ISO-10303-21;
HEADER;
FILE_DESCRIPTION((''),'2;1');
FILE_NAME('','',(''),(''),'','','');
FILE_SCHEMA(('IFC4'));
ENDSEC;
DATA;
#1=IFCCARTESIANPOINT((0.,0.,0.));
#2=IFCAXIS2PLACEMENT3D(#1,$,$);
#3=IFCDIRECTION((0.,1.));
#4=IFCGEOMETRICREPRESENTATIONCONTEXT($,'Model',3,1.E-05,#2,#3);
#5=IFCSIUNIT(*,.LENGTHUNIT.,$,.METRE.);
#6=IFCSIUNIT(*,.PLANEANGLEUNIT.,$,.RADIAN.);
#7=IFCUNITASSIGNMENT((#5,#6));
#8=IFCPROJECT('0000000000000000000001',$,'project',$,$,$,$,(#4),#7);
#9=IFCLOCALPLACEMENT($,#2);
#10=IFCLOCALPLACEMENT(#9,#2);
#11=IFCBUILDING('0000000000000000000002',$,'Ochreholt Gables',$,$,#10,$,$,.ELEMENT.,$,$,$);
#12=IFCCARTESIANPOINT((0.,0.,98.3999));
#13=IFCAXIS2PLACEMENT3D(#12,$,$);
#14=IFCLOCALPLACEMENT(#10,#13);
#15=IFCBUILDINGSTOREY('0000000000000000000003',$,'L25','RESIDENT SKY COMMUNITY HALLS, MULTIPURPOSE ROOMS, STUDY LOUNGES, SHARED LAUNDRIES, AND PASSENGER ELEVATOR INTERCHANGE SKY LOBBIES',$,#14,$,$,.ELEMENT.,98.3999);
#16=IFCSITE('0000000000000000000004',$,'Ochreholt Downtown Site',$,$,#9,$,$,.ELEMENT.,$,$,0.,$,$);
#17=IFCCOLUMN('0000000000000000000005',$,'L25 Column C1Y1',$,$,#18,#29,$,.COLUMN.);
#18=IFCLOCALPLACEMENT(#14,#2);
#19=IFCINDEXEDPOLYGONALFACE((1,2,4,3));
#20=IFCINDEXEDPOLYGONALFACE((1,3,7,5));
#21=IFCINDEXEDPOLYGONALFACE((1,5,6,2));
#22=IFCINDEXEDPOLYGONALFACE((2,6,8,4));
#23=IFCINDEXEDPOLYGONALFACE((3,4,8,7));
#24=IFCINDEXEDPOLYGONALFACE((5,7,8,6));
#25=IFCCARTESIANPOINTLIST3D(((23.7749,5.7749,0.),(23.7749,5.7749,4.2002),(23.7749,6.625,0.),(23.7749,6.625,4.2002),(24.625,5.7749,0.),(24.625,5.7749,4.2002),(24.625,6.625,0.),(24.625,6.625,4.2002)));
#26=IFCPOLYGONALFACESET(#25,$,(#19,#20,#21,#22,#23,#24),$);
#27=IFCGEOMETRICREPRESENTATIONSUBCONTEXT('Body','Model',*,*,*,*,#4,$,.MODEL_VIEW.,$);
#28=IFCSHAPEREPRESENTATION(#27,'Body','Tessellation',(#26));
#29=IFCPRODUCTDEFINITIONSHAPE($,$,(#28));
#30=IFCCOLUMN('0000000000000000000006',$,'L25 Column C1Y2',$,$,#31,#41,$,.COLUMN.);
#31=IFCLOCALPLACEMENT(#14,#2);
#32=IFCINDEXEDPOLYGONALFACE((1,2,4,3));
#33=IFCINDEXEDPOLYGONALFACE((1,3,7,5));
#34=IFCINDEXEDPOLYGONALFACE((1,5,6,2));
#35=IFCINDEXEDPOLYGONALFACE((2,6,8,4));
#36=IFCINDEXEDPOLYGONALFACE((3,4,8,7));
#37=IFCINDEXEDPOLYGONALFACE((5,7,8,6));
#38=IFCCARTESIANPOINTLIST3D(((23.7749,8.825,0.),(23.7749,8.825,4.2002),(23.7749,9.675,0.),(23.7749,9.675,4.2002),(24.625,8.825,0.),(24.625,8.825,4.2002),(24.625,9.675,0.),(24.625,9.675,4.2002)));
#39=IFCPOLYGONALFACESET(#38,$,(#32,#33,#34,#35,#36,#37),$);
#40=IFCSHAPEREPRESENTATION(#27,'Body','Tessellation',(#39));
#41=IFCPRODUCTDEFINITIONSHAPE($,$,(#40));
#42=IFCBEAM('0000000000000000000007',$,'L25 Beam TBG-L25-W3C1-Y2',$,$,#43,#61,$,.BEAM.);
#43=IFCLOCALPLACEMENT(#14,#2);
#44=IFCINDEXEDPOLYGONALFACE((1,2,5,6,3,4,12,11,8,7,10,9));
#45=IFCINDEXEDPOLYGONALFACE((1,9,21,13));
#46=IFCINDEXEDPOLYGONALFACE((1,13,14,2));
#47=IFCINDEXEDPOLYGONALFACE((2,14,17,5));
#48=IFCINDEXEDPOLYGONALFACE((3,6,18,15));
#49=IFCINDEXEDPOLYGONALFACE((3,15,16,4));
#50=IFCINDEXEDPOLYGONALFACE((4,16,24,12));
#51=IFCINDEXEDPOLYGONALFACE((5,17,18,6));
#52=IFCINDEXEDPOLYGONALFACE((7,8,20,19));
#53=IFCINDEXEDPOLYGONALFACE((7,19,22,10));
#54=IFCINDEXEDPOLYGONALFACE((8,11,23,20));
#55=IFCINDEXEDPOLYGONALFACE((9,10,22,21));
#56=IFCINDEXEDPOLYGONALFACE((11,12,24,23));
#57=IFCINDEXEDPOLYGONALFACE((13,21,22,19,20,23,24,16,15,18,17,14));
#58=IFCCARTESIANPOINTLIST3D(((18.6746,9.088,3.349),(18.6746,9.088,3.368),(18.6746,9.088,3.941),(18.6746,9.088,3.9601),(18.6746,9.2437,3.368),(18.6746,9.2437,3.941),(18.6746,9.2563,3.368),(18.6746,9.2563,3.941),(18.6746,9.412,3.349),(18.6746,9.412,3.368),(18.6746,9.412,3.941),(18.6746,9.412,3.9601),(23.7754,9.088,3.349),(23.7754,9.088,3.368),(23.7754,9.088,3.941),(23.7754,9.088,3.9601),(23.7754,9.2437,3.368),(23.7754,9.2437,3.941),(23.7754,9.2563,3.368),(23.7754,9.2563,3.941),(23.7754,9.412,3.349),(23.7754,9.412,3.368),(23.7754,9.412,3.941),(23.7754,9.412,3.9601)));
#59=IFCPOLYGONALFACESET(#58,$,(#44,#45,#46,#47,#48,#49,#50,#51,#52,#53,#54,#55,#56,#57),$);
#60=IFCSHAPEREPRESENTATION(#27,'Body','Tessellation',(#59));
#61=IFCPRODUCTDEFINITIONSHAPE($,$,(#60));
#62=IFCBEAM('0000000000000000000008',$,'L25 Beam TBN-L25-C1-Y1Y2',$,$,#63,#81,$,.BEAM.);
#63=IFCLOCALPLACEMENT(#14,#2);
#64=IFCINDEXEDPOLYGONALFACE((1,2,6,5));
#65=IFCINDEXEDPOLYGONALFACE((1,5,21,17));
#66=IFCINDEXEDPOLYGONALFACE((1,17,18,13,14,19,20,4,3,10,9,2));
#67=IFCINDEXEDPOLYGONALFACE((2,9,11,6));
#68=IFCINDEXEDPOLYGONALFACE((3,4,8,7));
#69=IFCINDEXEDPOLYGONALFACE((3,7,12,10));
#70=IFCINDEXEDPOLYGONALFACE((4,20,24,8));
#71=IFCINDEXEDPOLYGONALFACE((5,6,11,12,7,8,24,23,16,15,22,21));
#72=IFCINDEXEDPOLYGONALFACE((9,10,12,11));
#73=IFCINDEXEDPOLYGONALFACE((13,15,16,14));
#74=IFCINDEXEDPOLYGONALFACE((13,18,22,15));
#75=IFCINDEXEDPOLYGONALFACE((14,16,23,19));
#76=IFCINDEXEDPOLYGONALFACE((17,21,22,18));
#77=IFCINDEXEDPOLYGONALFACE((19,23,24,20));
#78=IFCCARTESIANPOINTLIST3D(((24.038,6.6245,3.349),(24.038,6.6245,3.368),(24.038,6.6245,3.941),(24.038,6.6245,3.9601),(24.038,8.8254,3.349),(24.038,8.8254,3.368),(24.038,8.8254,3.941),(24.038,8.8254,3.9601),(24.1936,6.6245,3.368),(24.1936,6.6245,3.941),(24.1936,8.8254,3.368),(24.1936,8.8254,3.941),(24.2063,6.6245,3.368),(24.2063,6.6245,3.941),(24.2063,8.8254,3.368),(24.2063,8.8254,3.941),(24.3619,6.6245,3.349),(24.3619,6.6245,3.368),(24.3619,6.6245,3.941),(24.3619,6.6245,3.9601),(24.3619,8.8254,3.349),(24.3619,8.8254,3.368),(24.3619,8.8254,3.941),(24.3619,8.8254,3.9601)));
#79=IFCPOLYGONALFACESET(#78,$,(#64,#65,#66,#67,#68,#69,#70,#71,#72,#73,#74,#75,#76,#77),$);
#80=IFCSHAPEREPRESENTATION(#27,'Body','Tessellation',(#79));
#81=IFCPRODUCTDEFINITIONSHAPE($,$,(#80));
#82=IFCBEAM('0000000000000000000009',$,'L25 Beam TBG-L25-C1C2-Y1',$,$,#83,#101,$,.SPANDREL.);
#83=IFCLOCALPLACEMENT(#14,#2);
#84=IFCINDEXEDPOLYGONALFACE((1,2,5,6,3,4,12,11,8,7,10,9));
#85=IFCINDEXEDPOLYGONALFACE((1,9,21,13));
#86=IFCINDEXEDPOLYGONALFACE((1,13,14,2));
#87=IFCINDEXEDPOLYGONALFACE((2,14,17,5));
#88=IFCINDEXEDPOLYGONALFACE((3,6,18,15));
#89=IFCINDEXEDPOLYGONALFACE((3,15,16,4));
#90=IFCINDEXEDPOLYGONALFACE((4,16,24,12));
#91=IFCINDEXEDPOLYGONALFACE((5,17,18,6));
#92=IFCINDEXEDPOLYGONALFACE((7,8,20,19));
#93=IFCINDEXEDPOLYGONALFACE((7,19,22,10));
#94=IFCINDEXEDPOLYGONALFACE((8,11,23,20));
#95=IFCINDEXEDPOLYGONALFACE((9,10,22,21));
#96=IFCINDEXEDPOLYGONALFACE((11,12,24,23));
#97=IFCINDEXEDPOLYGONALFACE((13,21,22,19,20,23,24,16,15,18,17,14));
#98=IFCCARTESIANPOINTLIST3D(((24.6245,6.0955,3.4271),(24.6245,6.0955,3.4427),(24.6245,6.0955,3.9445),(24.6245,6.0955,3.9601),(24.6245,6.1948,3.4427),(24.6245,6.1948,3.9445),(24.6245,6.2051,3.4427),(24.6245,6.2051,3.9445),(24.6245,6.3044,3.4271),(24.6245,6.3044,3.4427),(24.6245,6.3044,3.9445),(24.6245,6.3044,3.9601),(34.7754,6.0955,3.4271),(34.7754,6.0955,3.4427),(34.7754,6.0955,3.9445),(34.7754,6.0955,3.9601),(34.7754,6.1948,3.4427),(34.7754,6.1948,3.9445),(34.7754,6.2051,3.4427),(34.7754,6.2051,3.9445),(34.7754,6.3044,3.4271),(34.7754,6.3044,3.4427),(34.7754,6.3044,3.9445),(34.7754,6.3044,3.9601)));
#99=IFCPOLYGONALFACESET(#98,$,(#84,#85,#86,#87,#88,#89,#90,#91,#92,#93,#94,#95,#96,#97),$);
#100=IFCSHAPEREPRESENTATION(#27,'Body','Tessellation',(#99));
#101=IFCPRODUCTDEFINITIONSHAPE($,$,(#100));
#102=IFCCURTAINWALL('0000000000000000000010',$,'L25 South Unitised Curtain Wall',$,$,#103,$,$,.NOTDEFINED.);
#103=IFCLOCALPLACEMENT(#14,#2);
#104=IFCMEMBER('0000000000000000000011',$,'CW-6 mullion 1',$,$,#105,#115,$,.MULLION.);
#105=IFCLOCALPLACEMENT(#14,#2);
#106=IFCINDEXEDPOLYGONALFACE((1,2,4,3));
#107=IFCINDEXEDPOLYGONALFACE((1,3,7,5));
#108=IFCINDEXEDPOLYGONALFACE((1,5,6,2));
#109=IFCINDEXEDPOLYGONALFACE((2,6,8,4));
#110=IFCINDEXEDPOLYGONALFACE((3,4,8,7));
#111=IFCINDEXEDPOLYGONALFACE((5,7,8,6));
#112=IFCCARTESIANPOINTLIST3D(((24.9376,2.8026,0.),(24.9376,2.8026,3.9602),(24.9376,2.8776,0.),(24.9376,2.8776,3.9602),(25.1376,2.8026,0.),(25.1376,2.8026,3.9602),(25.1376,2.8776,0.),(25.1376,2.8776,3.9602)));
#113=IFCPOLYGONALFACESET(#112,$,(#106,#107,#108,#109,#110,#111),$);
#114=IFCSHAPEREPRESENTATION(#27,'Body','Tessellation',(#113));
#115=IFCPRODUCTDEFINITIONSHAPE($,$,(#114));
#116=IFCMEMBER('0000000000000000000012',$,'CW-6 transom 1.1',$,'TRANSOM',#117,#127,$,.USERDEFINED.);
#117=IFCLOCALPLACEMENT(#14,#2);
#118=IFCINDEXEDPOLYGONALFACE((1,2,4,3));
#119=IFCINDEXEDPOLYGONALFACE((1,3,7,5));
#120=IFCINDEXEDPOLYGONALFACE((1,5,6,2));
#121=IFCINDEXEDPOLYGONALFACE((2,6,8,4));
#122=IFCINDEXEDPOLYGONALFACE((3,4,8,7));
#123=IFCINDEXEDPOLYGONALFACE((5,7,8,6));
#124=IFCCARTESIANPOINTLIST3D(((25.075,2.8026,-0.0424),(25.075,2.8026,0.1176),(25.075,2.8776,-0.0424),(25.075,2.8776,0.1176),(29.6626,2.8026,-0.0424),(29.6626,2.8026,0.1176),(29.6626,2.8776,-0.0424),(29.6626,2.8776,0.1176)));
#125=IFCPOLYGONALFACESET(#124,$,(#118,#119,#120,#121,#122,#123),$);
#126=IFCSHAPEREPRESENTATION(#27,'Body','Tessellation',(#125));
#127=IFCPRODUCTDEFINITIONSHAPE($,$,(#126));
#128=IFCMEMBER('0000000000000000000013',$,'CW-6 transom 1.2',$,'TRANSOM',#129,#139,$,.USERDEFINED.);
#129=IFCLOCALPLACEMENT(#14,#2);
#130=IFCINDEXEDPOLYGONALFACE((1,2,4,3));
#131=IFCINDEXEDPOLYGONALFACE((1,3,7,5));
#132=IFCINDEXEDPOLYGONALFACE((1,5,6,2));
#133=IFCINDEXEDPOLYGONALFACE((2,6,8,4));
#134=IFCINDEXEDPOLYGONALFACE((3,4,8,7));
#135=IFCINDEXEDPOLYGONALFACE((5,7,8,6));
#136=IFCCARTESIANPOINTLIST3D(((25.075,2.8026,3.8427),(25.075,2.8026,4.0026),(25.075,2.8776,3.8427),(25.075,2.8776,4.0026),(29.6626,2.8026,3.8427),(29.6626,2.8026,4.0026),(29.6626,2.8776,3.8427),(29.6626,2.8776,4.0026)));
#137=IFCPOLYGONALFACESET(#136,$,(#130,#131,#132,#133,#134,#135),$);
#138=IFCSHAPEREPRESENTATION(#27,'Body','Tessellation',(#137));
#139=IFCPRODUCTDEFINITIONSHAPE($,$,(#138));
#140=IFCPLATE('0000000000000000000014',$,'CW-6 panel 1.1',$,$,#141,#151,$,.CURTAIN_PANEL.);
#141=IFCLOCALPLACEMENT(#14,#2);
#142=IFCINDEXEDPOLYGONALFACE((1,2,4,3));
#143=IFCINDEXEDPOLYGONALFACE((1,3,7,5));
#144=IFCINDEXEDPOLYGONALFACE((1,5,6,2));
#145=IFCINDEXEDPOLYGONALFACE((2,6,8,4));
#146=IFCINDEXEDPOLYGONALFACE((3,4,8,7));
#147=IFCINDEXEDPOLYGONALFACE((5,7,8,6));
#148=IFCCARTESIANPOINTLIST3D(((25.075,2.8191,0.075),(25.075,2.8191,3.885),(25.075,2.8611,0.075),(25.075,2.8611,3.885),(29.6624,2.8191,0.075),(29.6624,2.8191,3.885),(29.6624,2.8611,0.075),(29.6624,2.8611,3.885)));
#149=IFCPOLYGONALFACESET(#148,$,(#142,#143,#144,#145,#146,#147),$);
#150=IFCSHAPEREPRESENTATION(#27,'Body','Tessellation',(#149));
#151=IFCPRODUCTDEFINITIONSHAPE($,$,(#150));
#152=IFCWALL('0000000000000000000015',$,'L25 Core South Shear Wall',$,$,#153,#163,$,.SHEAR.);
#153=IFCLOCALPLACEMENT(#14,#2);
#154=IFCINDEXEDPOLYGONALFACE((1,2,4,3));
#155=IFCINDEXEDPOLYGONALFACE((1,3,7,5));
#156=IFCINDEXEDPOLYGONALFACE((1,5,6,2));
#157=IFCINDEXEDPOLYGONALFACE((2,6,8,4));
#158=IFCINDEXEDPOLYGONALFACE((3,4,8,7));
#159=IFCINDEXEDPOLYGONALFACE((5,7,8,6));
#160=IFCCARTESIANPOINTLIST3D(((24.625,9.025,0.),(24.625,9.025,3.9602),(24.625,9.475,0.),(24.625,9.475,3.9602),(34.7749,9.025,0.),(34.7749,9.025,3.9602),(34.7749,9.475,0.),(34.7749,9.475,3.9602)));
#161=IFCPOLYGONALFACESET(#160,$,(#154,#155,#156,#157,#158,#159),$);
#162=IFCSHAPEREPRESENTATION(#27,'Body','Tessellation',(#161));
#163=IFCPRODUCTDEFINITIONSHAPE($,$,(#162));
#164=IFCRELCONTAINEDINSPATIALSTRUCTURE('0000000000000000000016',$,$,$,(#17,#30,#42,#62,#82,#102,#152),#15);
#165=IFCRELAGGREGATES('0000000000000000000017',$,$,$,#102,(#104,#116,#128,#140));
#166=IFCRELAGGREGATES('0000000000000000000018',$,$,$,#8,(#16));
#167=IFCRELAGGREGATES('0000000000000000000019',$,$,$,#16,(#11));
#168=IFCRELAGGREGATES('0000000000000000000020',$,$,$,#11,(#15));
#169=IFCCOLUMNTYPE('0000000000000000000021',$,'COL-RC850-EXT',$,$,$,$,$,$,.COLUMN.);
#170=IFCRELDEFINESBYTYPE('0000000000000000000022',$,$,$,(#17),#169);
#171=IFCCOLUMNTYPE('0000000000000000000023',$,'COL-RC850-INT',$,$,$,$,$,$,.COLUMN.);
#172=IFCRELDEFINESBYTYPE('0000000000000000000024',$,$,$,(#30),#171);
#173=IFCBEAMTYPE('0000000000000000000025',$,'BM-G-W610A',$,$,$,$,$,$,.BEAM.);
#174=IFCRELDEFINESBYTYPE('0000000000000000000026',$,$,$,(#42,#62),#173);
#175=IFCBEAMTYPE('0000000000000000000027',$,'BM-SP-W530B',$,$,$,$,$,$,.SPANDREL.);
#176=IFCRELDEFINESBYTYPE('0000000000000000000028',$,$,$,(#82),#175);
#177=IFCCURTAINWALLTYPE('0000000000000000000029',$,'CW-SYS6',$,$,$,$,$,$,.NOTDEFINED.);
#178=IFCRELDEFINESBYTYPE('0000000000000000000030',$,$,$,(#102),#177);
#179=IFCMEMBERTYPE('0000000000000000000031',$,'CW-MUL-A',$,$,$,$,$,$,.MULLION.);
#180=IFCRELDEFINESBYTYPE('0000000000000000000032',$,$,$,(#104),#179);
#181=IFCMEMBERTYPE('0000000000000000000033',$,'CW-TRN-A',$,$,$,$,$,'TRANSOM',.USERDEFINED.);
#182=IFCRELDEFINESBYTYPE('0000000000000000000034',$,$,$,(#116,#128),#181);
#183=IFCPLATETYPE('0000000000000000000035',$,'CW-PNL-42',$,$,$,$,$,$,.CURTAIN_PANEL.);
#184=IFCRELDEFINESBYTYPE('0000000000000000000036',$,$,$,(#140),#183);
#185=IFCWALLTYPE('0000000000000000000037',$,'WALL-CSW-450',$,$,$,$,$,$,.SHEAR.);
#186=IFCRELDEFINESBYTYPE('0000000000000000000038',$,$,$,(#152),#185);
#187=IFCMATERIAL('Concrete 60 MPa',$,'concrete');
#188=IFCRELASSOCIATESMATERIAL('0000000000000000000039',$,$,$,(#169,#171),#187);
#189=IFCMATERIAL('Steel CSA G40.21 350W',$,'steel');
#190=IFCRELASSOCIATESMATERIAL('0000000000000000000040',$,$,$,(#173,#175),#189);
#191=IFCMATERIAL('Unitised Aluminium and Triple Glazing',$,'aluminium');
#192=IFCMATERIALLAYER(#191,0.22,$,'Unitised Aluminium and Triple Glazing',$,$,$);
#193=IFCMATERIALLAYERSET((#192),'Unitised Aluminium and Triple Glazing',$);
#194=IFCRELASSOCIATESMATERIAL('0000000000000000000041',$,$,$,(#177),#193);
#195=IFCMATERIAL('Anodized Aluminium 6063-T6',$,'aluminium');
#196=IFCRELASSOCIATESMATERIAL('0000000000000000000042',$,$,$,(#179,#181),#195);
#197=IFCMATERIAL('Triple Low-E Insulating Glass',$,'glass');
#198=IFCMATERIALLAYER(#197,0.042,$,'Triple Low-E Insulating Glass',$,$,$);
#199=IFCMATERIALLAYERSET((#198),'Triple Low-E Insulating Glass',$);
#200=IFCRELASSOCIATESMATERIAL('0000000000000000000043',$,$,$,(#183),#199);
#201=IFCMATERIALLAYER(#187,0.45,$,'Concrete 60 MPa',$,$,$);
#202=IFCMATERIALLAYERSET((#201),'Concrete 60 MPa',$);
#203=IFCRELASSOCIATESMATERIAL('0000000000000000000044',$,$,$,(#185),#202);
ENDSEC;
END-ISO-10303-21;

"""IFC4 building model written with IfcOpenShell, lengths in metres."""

from ifc_helpers import new_model, si_unit, direction, frame, frame_2d, origin, origin_2d, place, context, subcontext, project, spatial, rectangle, i_section, extrude, material, layer, layer_set, material_profile, profile_set, type_object, element, aggregate, save


model = new_model("IFC4")

# Units and contexts
model_context = context("Model", 3, precision=1e-05, world=origin(), true_north=direction((0.0, 1.0)))
body_context = subcontext(model_context, "Body", "Model", "MODEL_VIEW")
ifc_project = project(units=[si_unit("LENGTHUNIT", "METRE"), si_unit("PLANEANGLEUNIT", "RADIAN")], contexts=[model_context])

# Site, building, storey
site_placement = place(None, origin())
site = spatial("IfcSite", under=ifc_project, at=site_placement, Name="Ochreholt Downtown Site", CompositionType="ELEMENT", RefElevation=0.0)
building_placement = place(site_placement, origin())
building = spatial("IfcBuilding", under=site, at=building_placement, Name="Ochreholt Gables", CompositionType="ELEMENT")
storey_placement = place(building_placement, frame((0.0, 0.0, 98.3999)))
storey = spatial("IfcBuildingStorey", under=building, at=storey_placement, Name="L25", Description="RESIDENT SKY COMMUNITY HALLS, MULTIPURPOSE ROOMS, STUDY LOUNGES, SHARED LAUNDRIES, AND PASSENGER ELEVATOR INTERCHANGE SKY LOBBIES", CompositionType="ELEMENT", Elevation=98.3999)

# Columns
ifc_material_1 = material(Name="Concrete 60 MPa", Category="concrete")
ifc_material_profile_1 = material_profile(ifc_material_1, rectangle(XDim=0.8501, YDim=0.8501, at=origin_2d()), Name="RC850X850")
ifc_profile_set_1 = profile_set([ifc_material_profile_1], Name="Concrete 60 MPa")
column_type_1 = type_object("IfcColumnType", Name="COL-RC850-EXT", PredefinedType="COLUMN", material=ifc_profile_set_1)
column_1_placement = place(storey_placement, frame((24.2, 6.2, 0.0), z_axis=(0.0, 0.0, 1.0), x_axis=(1.0, 0.0, 0.0)))
element("IfcColumn", 1, at=column_1_placement, inside=storey, type_object=column_type_1, Name="L25 Column C1Y1", PredefinedType="COLUMN", context=body_context, shape_type="SweptSolid", body=[
    extrude(rectangle(XDim=0.8501, YDim=0.8501, at=origin_2d()), origin(), (0.0, 0.0, 1.0), 4.2002),
])
ifc_material_profile_2 = material_profile(ifc_material_1, rectangle(XDim=0.8501, YDim=0.8501, at=origin_2d()), Name="RC850X850")
ifc_profile_set_2 = profile_set([ifc_material_profile_2], Name="Concrete 60 MPa")
column_type_2 = type_object("IfcColumnType", Name="COL-RC850-INT", PredefinedType="COLUMN", material=ifc_profile_set_2)
column_2_placement = place(storey_placement, frame((24.2, 9.25, 0.0), z_axis=(0.0, 0.0, 1.0), x_axis=(1.0, 0.0, 0.0)))
element("IfcColumn", 2, at=column_2_placement, inside=storey, type_object=column_type_2, Name="L25 Column C1Y2", PredefinedType="COLUMN", context=body_context, shape_type="SweptSolid", body=[
    extrude(rectangle(XDim=0.8501, YDim=0.8501, at=origin_2d()), origin(), (0.0, 0.0, 1.0), 4.2002),
])

# Beams
ifc_material_2 = material(Name="Steel CSA G40.21 350W", Category="steel")
ifc_material_profile_3 = material_profile(ifc_material_2, i_section(OverallWidth=0.324, OverallDepth=0.6111, WebThickness=0.0127, FlangeThickness=0.019, at=origin_2d()), Name="W610X155")
ifc_profile_set_3 = profile_set([ifc_material_profile_3], Name="Steel CSA G40.21 350W")
beam_type_1 = type_object("IfcBeamType", Name="BM-G-W610A", PredefinedType="BEAM", material=ifc_profile_set_3)
beam_1_placement = place(storey_placement, frame((18.6746, 9.25, 3.6545), z_axis=(1.0, 0.0, 0.0), x_axis=(0.0, 1.0, 0.0)))
element("IfcBeam", 3, at=beam_1_placement, inside=storey, type_object=beam_type_1, Name="L25 Beam TBG-L25-W3C1-Y2", PredefinedType="BEAM", context=body_context, shape_type="SweptSolid", body=[
    extrude(i_section(OverallWidth=0.324, OverallDepth=0.6111, WebThickness=0.0127, FlangeThickness=0.019, at=origin_2d()), origin(), (0.0, 0.0, 1.0), 5.1008),
])
beam_2_placement = place(storey_placement, frame((24.2, 6.6245, 3.6545), z_axis=(0.0, 1.0, 0.0), x_axis=(-1.0, 0.0, 0.0)))
element("IfcBeam", 4, at=beam_2_placement, inside=storey, type_object=beam_type_1, Name="L25 Beam TBN-L25-C1-Y1Y2", PredefinedType="BEAM", context=body_context, shape_type="SweptSolid", body=[
    extrude(i_section(OverallWidth=0.324, OverallDepth=0.6111, WebThickness=0.0127, FlangeThickness=0.019, at=origin_2d()), origin(), (0.0, 0.0, 1.0), 2.2009),
])
ifc_material_profile_4 = material_profile(ifc_material_2, i_section(OverallWidth=0.209, OverallDepth=0.533, WebThickness=0.0103, FlangeThickness=0.0156, at=origin_2d()), Name="W530X92")
ifc_profile_set_4 = profile_set([ifc_material_profile_4], Name="Steel CSA G40.21 350W")
beam_type_2 = type_object("IfcBeamType", Name="BM-SP-W530B", PredefinedType="SPANDREL", material=ifc_profile_set_4)
beam_3_placement = place(storey_placement, frame((24.6245, 6.2, 3.6936), z_axis=(1.0, 0.0, 0.0), x_axis=(0.0, 1.0, 0.0)))
element("IfcBeam", 5, at=beam_3_placement, inside=storey, type_object=beam_type_2, Name="L25 Beam TBG-L25-C1C2-Y1", PredefinedType="SPANDREL", context=body_context, shape_type="SweptSolid", body=[
    extrude(i_section(OverallWidth=0.209, OverallDepth=0.533, WebThickness=0.0103, FlangeThickness=0.0156, at=origin_2d()), origin(), (0.0, 0.0, 1.0), 10.1509),
])

# Curtain wall, members, plate
ifc_material_3 = material(Name="Unitised Aluminium and Triple Glazing", Category="aluminium")
ifc_layer_1 = layer(ifc_material_3, 0.22, Name="Unitised Aluminium and Triple Glazing")
ifc_layer_set_1 = layer_set([ifc_layer_1], Name="Unitised Aluminium and Triple Glazing")
curtain_wall_type = type_object("IfcCurtainWallType", Name="CW-SYS6", PredefinedType="NOTDEFINED", material=ifc_layer_set_1)
curtain_wall_placement = place(storey_placement, origin())
curtain_wall = element("IfcCurtainWall", 6, at=curtain_wall_placement, inside=storey, type_object=curtain_wall_type, Name="L25 South Unitised Curtain Wall", PredefinedType="NOTDEFINED")
ifc_material_4 = material(Name="Anodized Aluminium 6063-T6", Category="aluminium")
ifc_material_profile_5 = material_profile(ifc_material_4, rectangle(XDim=0.075, YDim=0.2, at=origin_2d()), Name="CWM75X200")
ifc_profile_set_5 = profile_set([ifc_material_profile_5], Name="Anodized Aluminium 6063-T6")
member_type_1 = type_object("IfcMemberType", Name="CW-MUL-A", PredefinedType="MULLION", material=ifc_profile_set_5)
member_1_placement = place(storey_placement, frame((25.0376, 2.8401, 0.0), z_axis=(0.0, 0.0, 1.0), x_axis=(0.0, 1.0, 0.0)))
member_1 = element("IfcMember", 7, at=member_1_placement, type_object=member_type_1, Name="CW-6 mullion 1", PredefinedType="MULLION", context=body_context, shape_type="SweptSolid", body=[
    extrude(rectangle(XDim=0.075, YDim=0.2, at=origin_2d()), origin(), (0.0, 0.0, 1.0), 3.9602),
])
ifc_material_profile_6 = material_profile(ifc_material_4, rectangle(XDim=0.075, YDim=0.1599, at=origin_2d()), Name="CWT75X160")
ifc_profile_set_6 = profile_set([ifc_material_profile_6], Name="Anodized Aluminium 6063-T6")
member_type_2 = type_object("IfcMemberType", Name="CW-TRN-A", ElementType="TRANSOM", PredefinedType="USERDEFINED", material=ifc_profile_set_6)
member_2_placement = place(storey_placement, frame((25.075, 2.8401, 0.0376), z_axis=(1.0, 0.0, 0.0), x_axis=(0.0, 1.0, 0.0)))
member_2 = element("IfcMember", 8, at=member_2_placement, type_object=member_type_2, Name="CW-6 transom 1.1", ObjectType="TRANSOM", PredefinedType="USERDEFINED", context=body_context, shape_type="SweptSolid", body=[
    extrude(rectangle(XDim=0.075, YDim=0.1599, at=origin_2d()), origin(), (0.0, 0.0, 1.0), 4.5876),
])
member_3_placement = place(storey_placement, frame((25.075, 2.8401, 3.9226), z_axis=(1.0, 0.0, 0.0), x_axis=(0.0, 1.0, 0.0)))
member_3 = element("IfcMember", 9, at=member_3_placement, type_object=member_type_2, Name="CW-6 transom 1.2", ObjectType="TRANSOM", PredefinedType="USERDEFINED", context=body_context, shape_type="SweptSolid", body=[
    extrude(rectangle(XDim=0.075, YDim=0.1599, at=origin_2d()), origin(), (0.0, 0.0, 1.0), 4.5876),
])
ifc_material_5 = material(Name="Triple Low-E Insulating Glass", Category="glass")
ifc_layer_2 = layer(ifc_material_5, 0.042, Name="Triple Low-E Insulating Glass")
ifc_layer_set_2 = layer_set([ifc_layer_2], Name="Triple Low-E Insulating Glass")
plate_type = type_object("IfcPlateType", Name="CW-PNL-42", PredefinedType="CURTAIN_PANEL", material=ifc_layer_set_2)
plate_placement = place(storey_placement, frame((27.3687, 2.8401, 0.075), z_axis=(0.0, 0.0, 1.0), x_axis=(1.0, 0.0, 0.0)))
plate = element("IfcPlate", 10, at=plate_placement, type_object=plate_type, Name="CW-6 panel 1.1", PredefinedType="CURTAIN_PANEL", context=body_context, shape_type="SweptSolid", body=[
    extrude(rectangle(XDim=4.5874, YDim=0.042, at=origin_2d()), origin(), (0.0, 0.0, 1.0), 3.8101),
])
aggregate(curtain_wall, [member_1, member_2, member_3, plate])

# Wall
ifc_layer_3 = layer(ifc_material_1, 0.45, Name="Concrete 60 MPa")
ifc_layer_set_3 = layer_set([ifc_layer_3], Name="Concrete 60 MPa")
wall_type_1 = type_object("IfcWallType", Name="WALL-CSW-450", PredefinedType="SHEAR", material=ifc_layer_set_3)
wall_1_placement = place(storey_placement, frame((24.625, 9.25, 0.0), z_axis=(0.0, 0.0, 1.0), x_axis=(1.0, 0.0, 0.0)))
element("IfcWall", 11, at=wall_1_placement, inside=storey, type_object=wall_type_1, Name="L25 Core South Shear Wall", PredefinedType="SHEAR", context=body_context, shape_type="SweptSolid", body=[
    extrude(rectangle(XDim=10.1499, YDim=0.45, at=frame_2d((5.075, 0.0))), origin(), (0.0, 0.0, 1.0), 3.9602),
])

save(model, "model.ifc")
